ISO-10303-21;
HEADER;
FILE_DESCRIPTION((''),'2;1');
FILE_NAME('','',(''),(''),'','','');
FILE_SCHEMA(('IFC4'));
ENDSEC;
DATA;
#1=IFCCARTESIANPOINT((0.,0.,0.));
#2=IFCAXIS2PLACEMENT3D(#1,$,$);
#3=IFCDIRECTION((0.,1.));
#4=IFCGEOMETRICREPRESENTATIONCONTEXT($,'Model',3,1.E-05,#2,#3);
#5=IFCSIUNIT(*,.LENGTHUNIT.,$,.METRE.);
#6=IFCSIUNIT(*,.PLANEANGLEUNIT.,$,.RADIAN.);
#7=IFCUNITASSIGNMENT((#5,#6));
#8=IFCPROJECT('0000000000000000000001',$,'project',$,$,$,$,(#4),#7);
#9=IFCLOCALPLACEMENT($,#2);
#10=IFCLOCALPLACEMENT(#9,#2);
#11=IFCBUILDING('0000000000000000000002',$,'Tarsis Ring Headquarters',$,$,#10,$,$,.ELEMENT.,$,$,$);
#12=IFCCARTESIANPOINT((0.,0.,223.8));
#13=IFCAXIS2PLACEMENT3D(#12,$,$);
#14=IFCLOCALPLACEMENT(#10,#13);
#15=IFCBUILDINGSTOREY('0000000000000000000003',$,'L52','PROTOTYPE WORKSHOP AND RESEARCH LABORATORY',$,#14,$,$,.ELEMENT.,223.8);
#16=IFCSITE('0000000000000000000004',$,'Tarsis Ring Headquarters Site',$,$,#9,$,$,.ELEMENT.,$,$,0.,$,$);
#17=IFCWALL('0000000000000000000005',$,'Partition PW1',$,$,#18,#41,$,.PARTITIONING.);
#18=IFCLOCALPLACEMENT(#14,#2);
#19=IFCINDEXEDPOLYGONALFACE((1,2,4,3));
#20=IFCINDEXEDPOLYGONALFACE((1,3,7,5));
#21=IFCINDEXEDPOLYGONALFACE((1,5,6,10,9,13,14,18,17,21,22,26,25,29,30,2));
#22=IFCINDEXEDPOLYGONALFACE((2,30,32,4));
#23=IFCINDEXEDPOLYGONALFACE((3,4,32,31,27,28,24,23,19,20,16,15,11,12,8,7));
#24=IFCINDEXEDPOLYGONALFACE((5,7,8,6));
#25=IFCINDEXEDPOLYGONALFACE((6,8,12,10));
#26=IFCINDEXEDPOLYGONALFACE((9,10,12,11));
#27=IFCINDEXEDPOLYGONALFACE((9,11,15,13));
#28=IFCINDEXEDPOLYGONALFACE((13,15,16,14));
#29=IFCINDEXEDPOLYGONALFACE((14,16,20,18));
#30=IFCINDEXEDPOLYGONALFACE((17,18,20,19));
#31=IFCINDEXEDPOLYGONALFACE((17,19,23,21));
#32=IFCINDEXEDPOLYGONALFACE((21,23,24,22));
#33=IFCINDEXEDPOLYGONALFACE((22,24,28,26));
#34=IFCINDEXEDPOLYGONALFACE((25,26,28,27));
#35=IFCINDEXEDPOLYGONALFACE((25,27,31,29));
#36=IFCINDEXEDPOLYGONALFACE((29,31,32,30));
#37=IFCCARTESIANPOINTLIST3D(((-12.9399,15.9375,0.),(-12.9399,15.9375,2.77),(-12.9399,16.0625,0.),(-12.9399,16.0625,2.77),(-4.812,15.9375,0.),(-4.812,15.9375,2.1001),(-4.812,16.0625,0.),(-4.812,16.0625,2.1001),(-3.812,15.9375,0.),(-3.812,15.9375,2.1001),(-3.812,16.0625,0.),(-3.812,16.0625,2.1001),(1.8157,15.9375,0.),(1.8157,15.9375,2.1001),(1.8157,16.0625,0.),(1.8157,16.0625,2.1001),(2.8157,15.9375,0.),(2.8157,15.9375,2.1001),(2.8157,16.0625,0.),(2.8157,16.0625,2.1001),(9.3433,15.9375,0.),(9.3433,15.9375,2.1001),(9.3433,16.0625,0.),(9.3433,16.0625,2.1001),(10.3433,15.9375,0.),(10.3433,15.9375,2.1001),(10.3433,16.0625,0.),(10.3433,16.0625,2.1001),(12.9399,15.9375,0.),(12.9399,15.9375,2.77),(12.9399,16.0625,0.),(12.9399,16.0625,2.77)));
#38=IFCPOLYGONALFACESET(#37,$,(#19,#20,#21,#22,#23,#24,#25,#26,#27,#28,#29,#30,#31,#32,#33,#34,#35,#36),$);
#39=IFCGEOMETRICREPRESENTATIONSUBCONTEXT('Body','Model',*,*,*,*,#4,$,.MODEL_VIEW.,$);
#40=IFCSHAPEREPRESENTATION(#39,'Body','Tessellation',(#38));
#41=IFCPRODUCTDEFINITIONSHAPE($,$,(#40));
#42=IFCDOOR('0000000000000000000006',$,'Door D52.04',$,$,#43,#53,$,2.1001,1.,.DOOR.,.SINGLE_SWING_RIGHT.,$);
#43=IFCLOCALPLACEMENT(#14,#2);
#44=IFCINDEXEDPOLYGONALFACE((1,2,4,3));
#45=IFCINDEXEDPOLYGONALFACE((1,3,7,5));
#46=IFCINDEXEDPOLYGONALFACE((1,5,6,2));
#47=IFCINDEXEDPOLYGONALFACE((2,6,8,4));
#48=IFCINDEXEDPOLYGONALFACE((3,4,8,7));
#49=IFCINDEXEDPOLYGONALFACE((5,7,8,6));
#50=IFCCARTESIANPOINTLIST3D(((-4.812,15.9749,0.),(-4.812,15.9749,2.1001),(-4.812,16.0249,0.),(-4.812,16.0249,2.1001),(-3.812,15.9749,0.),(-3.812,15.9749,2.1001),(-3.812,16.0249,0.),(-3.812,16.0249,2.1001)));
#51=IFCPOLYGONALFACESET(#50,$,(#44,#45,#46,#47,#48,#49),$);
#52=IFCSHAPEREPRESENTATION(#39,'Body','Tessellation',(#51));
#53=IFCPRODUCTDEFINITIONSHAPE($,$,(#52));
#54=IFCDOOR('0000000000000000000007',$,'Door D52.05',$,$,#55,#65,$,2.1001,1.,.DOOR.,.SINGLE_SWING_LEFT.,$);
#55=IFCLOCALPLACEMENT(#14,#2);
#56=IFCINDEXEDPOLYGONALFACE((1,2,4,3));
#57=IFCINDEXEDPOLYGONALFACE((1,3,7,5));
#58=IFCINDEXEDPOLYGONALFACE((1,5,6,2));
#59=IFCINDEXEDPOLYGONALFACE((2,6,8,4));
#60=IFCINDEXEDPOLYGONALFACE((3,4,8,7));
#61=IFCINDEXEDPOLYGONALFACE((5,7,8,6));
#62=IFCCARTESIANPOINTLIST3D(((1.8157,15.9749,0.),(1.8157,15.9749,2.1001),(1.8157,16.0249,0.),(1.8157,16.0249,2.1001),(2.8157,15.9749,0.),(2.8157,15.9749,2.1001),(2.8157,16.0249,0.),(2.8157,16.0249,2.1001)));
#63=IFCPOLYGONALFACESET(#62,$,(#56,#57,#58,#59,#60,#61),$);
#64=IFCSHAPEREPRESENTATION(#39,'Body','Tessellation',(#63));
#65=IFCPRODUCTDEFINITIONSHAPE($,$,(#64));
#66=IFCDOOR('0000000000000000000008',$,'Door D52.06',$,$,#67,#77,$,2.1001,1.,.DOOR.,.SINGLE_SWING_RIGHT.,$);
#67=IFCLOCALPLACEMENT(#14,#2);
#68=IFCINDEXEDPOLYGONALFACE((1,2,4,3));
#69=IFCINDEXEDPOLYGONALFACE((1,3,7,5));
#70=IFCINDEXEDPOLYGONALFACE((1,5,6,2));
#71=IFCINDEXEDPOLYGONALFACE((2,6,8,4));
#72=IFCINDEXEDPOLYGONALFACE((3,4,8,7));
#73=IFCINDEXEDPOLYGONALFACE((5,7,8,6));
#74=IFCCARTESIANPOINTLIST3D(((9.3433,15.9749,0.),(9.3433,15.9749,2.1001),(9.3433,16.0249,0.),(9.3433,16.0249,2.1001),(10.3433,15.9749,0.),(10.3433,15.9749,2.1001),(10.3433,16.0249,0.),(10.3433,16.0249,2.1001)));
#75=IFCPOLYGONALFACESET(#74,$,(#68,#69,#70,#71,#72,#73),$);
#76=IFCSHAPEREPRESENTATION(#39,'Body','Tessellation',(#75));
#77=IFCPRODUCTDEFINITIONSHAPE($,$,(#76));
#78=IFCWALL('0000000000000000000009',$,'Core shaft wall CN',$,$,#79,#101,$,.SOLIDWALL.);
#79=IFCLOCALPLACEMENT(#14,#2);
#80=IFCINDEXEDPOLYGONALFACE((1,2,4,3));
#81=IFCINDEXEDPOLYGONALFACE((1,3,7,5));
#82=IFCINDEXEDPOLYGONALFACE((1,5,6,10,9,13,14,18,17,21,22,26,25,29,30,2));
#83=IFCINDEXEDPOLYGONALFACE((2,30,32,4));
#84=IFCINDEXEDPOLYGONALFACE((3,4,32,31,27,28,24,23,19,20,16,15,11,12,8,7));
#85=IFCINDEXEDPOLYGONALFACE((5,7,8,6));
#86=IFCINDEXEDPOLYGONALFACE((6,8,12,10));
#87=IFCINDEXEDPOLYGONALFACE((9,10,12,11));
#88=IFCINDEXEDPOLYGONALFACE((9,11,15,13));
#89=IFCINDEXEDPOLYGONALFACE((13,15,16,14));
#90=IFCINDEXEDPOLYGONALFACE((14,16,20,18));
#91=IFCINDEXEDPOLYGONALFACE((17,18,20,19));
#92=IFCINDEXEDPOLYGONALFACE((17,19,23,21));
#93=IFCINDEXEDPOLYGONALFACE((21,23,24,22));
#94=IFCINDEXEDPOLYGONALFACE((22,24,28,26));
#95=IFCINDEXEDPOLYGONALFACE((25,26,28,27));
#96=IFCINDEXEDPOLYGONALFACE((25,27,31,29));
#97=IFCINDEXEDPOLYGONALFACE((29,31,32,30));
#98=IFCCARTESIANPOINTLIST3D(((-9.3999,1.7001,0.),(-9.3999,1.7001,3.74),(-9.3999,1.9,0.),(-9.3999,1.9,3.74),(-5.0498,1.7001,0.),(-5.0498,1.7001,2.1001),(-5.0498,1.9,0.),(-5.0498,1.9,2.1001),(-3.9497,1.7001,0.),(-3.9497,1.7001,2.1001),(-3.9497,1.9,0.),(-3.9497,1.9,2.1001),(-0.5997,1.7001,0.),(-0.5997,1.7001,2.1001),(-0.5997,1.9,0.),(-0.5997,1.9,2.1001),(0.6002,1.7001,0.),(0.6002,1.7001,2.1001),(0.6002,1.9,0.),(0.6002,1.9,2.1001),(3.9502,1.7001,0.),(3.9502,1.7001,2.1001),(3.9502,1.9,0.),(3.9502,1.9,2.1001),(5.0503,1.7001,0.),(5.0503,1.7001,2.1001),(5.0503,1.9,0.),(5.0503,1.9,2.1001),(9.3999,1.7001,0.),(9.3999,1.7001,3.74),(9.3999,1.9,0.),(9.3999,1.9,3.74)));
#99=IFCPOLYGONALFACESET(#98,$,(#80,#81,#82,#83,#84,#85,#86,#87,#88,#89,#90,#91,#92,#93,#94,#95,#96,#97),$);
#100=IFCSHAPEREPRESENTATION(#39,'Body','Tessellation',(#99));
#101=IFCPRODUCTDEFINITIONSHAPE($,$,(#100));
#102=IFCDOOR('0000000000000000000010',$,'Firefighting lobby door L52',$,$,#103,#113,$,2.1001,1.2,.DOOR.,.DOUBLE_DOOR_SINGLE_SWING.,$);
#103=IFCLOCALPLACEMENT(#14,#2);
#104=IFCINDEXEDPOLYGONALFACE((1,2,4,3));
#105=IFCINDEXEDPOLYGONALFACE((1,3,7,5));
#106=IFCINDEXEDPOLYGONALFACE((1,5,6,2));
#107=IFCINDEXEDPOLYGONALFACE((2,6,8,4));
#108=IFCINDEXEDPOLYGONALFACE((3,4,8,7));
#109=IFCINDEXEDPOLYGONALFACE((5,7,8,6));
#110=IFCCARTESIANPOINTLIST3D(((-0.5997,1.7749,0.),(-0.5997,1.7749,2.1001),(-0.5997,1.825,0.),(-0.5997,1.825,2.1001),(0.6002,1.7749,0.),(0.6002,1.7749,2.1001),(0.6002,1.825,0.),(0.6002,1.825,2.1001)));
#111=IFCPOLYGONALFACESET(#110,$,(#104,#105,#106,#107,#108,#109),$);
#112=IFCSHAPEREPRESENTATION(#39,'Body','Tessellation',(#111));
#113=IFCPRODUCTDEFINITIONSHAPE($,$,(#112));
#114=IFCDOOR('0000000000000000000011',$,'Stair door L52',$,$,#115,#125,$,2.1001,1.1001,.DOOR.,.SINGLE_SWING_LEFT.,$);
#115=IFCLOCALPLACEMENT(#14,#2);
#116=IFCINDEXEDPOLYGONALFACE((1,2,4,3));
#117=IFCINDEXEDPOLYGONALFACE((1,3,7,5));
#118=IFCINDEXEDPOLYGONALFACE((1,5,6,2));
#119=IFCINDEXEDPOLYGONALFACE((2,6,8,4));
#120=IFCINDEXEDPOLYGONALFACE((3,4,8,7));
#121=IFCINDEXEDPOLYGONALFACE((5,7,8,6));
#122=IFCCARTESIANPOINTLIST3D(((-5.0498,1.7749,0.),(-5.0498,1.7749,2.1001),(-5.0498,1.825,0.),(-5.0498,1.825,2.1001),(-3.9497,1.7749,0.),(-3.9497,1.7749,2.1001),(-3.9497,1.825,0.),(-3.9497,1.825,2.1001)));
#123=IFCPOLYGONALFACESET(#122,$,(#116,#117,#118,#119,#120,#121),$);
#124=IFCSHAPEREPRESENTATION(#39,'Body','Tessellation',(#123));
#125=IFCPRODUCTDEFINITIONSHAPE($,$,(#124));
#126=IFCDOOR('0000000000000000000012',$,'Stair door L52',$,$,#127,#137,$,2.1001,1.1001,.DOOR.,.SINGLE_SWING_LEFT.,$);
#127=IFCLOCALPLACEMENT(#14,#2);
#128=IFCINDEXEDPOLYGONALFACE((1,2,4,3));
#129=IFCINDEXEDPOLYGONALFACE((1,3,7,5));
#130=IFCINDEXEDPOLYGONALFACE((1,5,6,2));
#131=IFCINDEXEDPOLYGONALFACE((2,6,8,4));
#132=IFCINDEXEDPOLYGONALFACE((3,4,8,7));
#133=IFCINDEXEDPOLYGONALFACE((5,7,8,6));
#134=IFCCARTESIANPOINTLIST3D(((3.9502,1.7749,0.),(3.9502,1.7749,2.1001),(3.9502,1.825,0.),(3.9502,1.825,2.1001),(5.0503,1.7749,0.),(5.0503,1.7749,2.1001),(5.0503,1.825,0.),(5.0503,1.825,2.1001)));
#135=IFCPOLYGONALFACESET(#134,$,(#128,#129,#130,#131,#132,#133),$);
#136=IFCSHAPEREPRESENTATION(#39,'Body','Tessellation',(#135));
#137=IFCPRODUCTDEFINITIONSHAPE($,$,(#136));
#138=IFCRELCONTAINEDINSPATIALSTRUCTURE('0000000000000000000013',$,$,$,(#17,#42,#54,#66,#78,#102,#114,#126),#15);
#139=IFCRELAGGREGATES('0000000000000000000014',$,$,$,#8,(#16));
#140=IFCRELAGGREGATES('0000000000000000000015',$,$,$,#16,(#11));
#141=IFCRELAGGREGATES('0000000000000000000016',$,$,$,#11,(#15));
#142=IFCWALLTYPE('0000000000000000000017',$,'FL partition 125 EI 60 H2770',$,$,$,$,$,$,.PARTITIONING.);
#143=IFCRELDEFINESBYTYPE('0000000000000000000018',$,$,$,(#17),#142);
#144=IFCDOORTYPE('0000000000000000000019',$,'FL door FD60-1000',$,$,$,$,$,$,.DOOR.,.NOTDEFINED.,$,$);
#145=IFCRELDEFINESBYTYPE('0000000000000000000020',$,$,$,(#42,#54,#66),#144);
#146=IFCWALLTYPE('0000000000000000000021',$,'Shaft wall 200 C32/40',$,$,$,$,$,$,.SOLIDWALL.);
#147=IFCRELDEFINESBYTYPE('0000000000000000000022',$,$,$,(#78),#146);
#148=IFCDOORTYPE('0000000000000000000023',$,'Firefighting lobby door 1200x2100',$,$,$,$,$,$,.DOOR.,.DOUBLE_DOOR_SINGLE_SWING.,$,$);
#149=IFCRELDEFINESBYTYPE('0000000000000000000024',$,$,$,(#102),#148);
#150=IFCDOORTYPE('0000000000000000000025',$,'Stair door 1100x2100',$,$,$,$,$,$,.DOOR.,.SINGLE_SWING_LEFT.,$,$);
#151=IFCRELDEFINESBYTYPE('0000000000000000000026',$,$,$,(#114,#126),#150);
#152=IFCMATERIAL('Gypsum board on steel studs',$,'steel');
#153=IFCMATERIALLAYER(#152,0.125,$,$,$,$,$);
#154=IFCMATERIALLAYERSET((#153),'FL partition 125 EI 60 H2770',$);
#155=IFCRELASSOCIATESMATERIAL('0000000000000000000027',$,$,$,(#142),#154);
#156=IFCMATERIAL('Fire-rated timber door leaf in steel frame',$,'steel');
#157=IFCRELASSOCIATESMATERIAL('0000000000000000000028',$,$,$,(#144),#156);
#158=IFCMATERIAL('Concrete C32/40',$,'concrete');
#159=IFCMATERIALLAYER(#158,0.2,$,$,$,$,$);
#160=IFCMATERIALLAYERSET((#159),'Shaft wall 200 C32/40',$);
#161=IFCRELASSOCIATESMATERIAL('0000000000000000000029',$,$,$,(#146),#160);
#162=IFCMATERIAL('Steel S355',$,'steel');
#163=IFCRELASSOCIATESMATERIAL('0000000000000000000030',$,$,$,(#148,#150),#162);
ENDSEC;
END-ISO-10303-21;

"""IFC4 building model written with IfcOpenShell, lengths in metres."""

from ifc_helpers import new_model, si_unit, direction, frame, frame_2d, origin, place, context, subcontext, project, spatial, rectangle, extrude, material, layer, layer_set, type_object, element, fill, save


model = new_model("IFC4")

# Units and contexts
model_context = context("Model", 3, precision=1e-05, world=origin(), true_north=direction((0.0, 1.0)))
body_context = subcontext(model_context, "Body", "Model", "MODEL_VIEW")
ifc_project = project(units=[si_unit("LENGTHUNIT", "METRE"), si_unit("PLANEANGLEUNIT", "RADIAN")], contexts=[model_context])

# Site, building, storey
site_placement = place(None, origin())
site = spatial("IfcSite", under=ifc_project, at=site_placement, Name="Tarsis Ring Headquarters Site", CompositionType="ELEMENT", RefElevation=0.0)
building_placement = place(site_placement, origin())
building = spatial("IfcBuilding", under=site, at=building_placement, Name="Tarsis Ring Headquarters", CompositionType="ELEMENT")
storey_placement = place(building_placement, frame((0.0, 0.0, 223.8)))
storey = spatial("IfcBuildingStorey", under=building, at=storey_placement, Name="L52", Description="PROTOTYPE WORKSHOP AND RESEARCH LABORATORY", CompositionType="ELEMENT", Elevation=223.8)

# Walls, openings, doors
ifc_material_1 = material(Name="Steel S355", Category="steel")
ifc_material_2 = material(Name="Gypsum board on steel studs", Category="steel")
ifc_layer_1 = layer(ifc_material_2, 0.125)
ifc_layer_set_1 = layer_set([ifc_layer_1], Name="FL partition 125 EI 60 H2770")
wall_type_1 = type_object("IfcWallType", Name="FL partition 125 EI 60 H2770", PredefinedType="PARTITIONING", material=ifc_layer_set_1)
wall_1_placement = place(storey_placement, frame((-12.9399, 16.0, 0.0), z_axis=(0.0, 0.0, 1.0), x_axis=(1.0, 0.0, 0.0)))
wall_1 = element("IfcWall", 1, at=wall_1_placement, inside=storey, type_object=wall_type_1, Name="Partition PW1", PredefinedType="PARTITIONING", context=body_context, shape_type="SweptSolid", body=[
    extrude(rectangle(XDim=25.8799, YDim=0.125, at=frame_2d((12.9399, 0.0))), origin(), (0.0, 0.0, 1.0), 2.77),
])
opening_1_placement = place(wall_1_placement, frame((8.1279, 0.0, 0.0)))
opening_1 = element("IfcOpeningElement", 2, at=opening_1_placement, cuts=wall_1, PredefinedType="OPENING", context=body_context, shape_type="SweptSolid", body=[
    extrude(rectangle(XDim=1.0, YDim=2.1001, at=frame_2d((0.5, 1.05))), frame((0.0, 0.0725, 0.0), z_axis=(0.0, -1.0, 0.0), x_axis=(1.0, 0.0, 0.0)), (0.0, 0.0, 1.0), 0.145),
])
opening_2_placement = place(wall_1_placement, frame((14.7556, 0.0, 0.0)))
opening_2 = element("IfcOpeningElement", 3, at=opening_2_placement, cuts=wall_1, PredefinedType="OPENING", context=body_context, shape_type="SweptSolid", body=[
    extrude(rectangle(XDim=1.0, YDim=2.1001, at=frame_2d((0.5, 1.05))), frame((0.0, 0.0725, 0.0), z_axis=(0.0, -1.0, 0.0), x_axis=(1.0, 0.0, 0.0)), (0.0, 0.0, 1.0), 0.145),
])
opening_3_placement = place(wall_1_placement, frame((22.2832, 0.0, 0.0)))
opening_3 = element("IfcOpeningElement", 4, at=opening_3_placement, cuts=wall_1, PredefinedType="OPENING", context=body_context, shape_type="SweptSolid", body=[
    extrude(rectangle(XDim=1.0, YDim=2.1001, at=frame_2d((0.5, 1.05))), frame((0.0, 0.0725, 0.0), z_axis=(0.0, -1.0, 0.0), x_axis=(1.0, 0.0, 0.0)), (0.0, 0.0, 1.0), 0.145),
])
ifc_material_3 = material(Name="Fire-rated timber door leaf in steel frame", Category="steel")
door_type_1 = type_object("IfcDoorType", Name="FL door FD60-1000", OperationType="NOTDEFINED", PredefinedType="DOOR", material=ifc_material_3)
door_1_placement = place(opening_1_placement, origin())
door_1 = element("IfcDoor", 5, at=door_1_placement, inside=storey, type_object=door_type_1, Name="Door D52.04", OperationType="SINGLE_SWING_RIGHT", OverallHeight=2.1001, OverallWidth=1.0, PredefinedType="DOOR", context=body_context, shape_type="SweptSolid", body=[
    extrude(rectangle(XDim=1.0, YDim=2.1001, at=frame_2d((0.5, 1.05))), frame((0.0, 0.0249, 0.0), z_axis=(0.0, -1.0, 0.0), x_axis=(1.0, 0.0, 0.0)), (0.0, 0.0, 1.0), 0.05),
])
fill(opening_1, door_1)
door_2_placement = place(opening_2_placement, origin())
door_2 = element("IfcDoor", 6, at=door_2_placement, inside=storey, type_object=door_type_1, Name="Door D52.05", OperationType="SINGLE_SWING_LEFT", OverallHeight=2.1001, OverallWidth=1.0, PredefinedType="DOOR", context=body_context, shape_type="SweptSolid", body=[
    extrude(rectangle(XDim=1.0, YDim=2.1001, at=frame_2d((0.5, 1.05))), frame((0.0, 0.0249, 0.0), z_axis=(0.0, -1.0, 0.0), x_axis=(1.0, 0.0, 0.0)), (0.0, 0.0, 1.0), 0.05),
])
fill(opening_2, door_2)
door_3_placement = place(opening_3_placement, origin())
door_3 = element("IfcDoor", 7, at=door_3_placement, inside=storey, type_object=door_type_1, Name="Door D52.06", OperationType="SINGLE_SWING_RIGHT", OverallHeight=2.1001, OverallWidth=1.0, PredefinedType="DOOR", context=body_context, shape_type="SweptSolid", body=[
    extrude(rectangle(XDim=1.0, YDim=2.1001, at=frame_2d((0.5, 1.05))), frame((0.0, 0.0249, 0.0), z_axis=(0.0, -1.0, 0.0), x_axis=(1.0, 0.0, 0.0)), (0.0, 0.0, 1.0), 0.05),
])
fill(opening_3, door_3)
ifc_material_4 = material(Name="Concrete C32/40", Category="concrete")
ifc_layer_2 = layer(ifc_material_4, 0.2)
ifc_layer_set_2 = layer_set([ifc_layer_2], Name="Shaft wall 200 C32/40")
wall_type_2 = type_object("IfcWallType", Name="Shaft wall 200 C32/40", PredefinedType="SOLIDWALL", material=ifc_layer_set_2)
wall_2_placement = place(storey_placement, frame((-9.3999, 1.8, 0.0), z_axis=(0.0, 0.0, 1.0), x_axis=(1.0, 0.0, 0.0)))
wall_2 = element("IfcWall", 8, at=wall_2_placement, inside=storey, type_object=wall_type_2, Name="Core shaft wall CN", PredefinedType="SOLIDWALL", context=body_context, shape_type="SweptSolid", body=[
    extrude(rectangle(XDim=18.7998, YDim=0.2, at=frame_2d((9.3999, 0.0))), origin(), (0.0, 0.0, 1.0), 3.74),
])
opening_4_placement = place(wall_2_placement, frame((4.3501, 0.0, 0.0)))
opening_4 = element("IfcOpeningElement", 9, at=opening_4_placement, cuts=wall_2, PredefinedType="OPENING", context=body_context, shape_type="SweptSolid", body=[
    extrude(rectangle(XDim=1.1001, YDim=2.1001, at=frame_2d((0.55, 1.05))), frame((0.0, 0.1099, 0.0), z_axis=(0.0, -1.0, 0.0), x_axis=(1.0, 0.0, 0.0)), (0.0, 0.0, 1.0), 0.22),
])
opening_5_placement = place(wall_2_placement, frame((8.8, 0.0, 0.0)))
opening_5 = element("IfcOpeningElement", 10, at=opening_5_placement, cuts=wall_2, PredefinedType="OPENING", context=body_context, shape_type="SweptSolid", body=[
    extrude(rectangle(XDim=1.2, YDim=2.1001, at=frame_2d((0.6001, 1.05))), frame((0.0, 0.1099, 0.0), z_axis=(0.0, -1.0, 0.0), x_axis=(1.0, 0.0, 0.0)), (0.0, 0.0, 1.0), 0.22),
])
opening_6_placement = place(wall_2_placement, frame((13.3501, 0.0, 0.0)))
opening_6 = element("IfcOpeningElement", 11, at=opening_6_placement, cuts=wall_2, PredefinedType="OPENING", context=body_context, shape_type="SweptSolid", body=[
    extrude(rectangle(XDim=1.1001, YDim=2.1001, at=frame_2d((0.55, 1.05))), frame((0.0, 0.1099, 0.0), z_axis=(0.0, -1.0, 0.0), x_axis=(1.0, 0.0, 0.0)), (0.0, 0.0, 1.0), 0.22),
])
door_type_2 = type_object("IfcDoorType", Name="Firefighting lobby door 1200x2100", OperationType="DOUBLE_DOOR_SINGLE_SWING", PredefinedType="DOOR", material=ifc_material_1)
door_4_placement = place(opening_5_placement, origin())
door_4 = element("IfcDoor", 12, at=door_4_placement, inside=storey, type_object=door_type_2, Name="Firefighting lobby door L52", OperationType="DOUBLE_DOOR_SINGLE_SWING", OverallHeight=2.1001, OverallWidth=1.2, PredefinedType="DOOR", context=body_context, shape_type="SweptSolid", body=[
    extrude(rectangle(XDim=1.2, YDim=2.1001, at=frame_2d((0.6001, 1.05))), frame((0.0, 0.0249, 0.0), z_axis=(0.0, -1.0, 0.0), x_axis=(1.0, 0.0, 0.0)), (0.0, 0.0, 1.0), 0.05),
])
fill(opening_5, door_4)
door_type_3 = type_object("IfcDoorType", Name="Stair door 1100x2100", OperationType="SINGLE_SWING_LEFT", PredefinedType="DOOR", material=ifc_material_1)
door_5_placement = place(opening_4_placement, origin())
door_5 = element("IfcDoor", 13, at=door_5_placement, inside=storey, type_object=door_type_3, Name="Stair door L52", OperationType="SINGLE_SWING_LEFT", OverallHeight=2.1001, OverallWidth=1.1001, PredefinedType="DOOR", context=body_context, shape_type="SweptSolid", body=[
    extrude(rectangle(XDim=1.1001, YDim=2.1001, at=frame_2d((0.55, 1.05))), frame((0.0, 0.0249, 0.0), z_axis=(0.0, -1.0, 0.0), x_axis=(1.0, 0.0, 0.0)), (0.0, 0.0, 1.0), 0.05),
])
fill(opening_4, door_5)
door_6_placement = place(opening_6_placement, origin())
door_6 = element("IfcDoor", 14, at=door_6_placement, inside=storey, type_object=door_type_3, Name="Stair door L52", OperationType="SINGLE_SWING_LEFT", OverallHeight=2.1001, OverallWidth=1.1001, PredefinedType="DOOR", context=body_context, shape_type="SweptSolid", body=[
    extrude(rectangle(XDim=1.1001, YDim=2.1001, at=frame_2d((0.55, 1.05))), frame((0.0, 0.0249, 0.0), z_axis=(0.0, -1.0, 0.0), x_axis=(1.0, 0.0, 0.0)), (0.0, 0.0, 1.0), 0.05),
])
fill(opening_6, door_6)

save(model, "model.ifc")
